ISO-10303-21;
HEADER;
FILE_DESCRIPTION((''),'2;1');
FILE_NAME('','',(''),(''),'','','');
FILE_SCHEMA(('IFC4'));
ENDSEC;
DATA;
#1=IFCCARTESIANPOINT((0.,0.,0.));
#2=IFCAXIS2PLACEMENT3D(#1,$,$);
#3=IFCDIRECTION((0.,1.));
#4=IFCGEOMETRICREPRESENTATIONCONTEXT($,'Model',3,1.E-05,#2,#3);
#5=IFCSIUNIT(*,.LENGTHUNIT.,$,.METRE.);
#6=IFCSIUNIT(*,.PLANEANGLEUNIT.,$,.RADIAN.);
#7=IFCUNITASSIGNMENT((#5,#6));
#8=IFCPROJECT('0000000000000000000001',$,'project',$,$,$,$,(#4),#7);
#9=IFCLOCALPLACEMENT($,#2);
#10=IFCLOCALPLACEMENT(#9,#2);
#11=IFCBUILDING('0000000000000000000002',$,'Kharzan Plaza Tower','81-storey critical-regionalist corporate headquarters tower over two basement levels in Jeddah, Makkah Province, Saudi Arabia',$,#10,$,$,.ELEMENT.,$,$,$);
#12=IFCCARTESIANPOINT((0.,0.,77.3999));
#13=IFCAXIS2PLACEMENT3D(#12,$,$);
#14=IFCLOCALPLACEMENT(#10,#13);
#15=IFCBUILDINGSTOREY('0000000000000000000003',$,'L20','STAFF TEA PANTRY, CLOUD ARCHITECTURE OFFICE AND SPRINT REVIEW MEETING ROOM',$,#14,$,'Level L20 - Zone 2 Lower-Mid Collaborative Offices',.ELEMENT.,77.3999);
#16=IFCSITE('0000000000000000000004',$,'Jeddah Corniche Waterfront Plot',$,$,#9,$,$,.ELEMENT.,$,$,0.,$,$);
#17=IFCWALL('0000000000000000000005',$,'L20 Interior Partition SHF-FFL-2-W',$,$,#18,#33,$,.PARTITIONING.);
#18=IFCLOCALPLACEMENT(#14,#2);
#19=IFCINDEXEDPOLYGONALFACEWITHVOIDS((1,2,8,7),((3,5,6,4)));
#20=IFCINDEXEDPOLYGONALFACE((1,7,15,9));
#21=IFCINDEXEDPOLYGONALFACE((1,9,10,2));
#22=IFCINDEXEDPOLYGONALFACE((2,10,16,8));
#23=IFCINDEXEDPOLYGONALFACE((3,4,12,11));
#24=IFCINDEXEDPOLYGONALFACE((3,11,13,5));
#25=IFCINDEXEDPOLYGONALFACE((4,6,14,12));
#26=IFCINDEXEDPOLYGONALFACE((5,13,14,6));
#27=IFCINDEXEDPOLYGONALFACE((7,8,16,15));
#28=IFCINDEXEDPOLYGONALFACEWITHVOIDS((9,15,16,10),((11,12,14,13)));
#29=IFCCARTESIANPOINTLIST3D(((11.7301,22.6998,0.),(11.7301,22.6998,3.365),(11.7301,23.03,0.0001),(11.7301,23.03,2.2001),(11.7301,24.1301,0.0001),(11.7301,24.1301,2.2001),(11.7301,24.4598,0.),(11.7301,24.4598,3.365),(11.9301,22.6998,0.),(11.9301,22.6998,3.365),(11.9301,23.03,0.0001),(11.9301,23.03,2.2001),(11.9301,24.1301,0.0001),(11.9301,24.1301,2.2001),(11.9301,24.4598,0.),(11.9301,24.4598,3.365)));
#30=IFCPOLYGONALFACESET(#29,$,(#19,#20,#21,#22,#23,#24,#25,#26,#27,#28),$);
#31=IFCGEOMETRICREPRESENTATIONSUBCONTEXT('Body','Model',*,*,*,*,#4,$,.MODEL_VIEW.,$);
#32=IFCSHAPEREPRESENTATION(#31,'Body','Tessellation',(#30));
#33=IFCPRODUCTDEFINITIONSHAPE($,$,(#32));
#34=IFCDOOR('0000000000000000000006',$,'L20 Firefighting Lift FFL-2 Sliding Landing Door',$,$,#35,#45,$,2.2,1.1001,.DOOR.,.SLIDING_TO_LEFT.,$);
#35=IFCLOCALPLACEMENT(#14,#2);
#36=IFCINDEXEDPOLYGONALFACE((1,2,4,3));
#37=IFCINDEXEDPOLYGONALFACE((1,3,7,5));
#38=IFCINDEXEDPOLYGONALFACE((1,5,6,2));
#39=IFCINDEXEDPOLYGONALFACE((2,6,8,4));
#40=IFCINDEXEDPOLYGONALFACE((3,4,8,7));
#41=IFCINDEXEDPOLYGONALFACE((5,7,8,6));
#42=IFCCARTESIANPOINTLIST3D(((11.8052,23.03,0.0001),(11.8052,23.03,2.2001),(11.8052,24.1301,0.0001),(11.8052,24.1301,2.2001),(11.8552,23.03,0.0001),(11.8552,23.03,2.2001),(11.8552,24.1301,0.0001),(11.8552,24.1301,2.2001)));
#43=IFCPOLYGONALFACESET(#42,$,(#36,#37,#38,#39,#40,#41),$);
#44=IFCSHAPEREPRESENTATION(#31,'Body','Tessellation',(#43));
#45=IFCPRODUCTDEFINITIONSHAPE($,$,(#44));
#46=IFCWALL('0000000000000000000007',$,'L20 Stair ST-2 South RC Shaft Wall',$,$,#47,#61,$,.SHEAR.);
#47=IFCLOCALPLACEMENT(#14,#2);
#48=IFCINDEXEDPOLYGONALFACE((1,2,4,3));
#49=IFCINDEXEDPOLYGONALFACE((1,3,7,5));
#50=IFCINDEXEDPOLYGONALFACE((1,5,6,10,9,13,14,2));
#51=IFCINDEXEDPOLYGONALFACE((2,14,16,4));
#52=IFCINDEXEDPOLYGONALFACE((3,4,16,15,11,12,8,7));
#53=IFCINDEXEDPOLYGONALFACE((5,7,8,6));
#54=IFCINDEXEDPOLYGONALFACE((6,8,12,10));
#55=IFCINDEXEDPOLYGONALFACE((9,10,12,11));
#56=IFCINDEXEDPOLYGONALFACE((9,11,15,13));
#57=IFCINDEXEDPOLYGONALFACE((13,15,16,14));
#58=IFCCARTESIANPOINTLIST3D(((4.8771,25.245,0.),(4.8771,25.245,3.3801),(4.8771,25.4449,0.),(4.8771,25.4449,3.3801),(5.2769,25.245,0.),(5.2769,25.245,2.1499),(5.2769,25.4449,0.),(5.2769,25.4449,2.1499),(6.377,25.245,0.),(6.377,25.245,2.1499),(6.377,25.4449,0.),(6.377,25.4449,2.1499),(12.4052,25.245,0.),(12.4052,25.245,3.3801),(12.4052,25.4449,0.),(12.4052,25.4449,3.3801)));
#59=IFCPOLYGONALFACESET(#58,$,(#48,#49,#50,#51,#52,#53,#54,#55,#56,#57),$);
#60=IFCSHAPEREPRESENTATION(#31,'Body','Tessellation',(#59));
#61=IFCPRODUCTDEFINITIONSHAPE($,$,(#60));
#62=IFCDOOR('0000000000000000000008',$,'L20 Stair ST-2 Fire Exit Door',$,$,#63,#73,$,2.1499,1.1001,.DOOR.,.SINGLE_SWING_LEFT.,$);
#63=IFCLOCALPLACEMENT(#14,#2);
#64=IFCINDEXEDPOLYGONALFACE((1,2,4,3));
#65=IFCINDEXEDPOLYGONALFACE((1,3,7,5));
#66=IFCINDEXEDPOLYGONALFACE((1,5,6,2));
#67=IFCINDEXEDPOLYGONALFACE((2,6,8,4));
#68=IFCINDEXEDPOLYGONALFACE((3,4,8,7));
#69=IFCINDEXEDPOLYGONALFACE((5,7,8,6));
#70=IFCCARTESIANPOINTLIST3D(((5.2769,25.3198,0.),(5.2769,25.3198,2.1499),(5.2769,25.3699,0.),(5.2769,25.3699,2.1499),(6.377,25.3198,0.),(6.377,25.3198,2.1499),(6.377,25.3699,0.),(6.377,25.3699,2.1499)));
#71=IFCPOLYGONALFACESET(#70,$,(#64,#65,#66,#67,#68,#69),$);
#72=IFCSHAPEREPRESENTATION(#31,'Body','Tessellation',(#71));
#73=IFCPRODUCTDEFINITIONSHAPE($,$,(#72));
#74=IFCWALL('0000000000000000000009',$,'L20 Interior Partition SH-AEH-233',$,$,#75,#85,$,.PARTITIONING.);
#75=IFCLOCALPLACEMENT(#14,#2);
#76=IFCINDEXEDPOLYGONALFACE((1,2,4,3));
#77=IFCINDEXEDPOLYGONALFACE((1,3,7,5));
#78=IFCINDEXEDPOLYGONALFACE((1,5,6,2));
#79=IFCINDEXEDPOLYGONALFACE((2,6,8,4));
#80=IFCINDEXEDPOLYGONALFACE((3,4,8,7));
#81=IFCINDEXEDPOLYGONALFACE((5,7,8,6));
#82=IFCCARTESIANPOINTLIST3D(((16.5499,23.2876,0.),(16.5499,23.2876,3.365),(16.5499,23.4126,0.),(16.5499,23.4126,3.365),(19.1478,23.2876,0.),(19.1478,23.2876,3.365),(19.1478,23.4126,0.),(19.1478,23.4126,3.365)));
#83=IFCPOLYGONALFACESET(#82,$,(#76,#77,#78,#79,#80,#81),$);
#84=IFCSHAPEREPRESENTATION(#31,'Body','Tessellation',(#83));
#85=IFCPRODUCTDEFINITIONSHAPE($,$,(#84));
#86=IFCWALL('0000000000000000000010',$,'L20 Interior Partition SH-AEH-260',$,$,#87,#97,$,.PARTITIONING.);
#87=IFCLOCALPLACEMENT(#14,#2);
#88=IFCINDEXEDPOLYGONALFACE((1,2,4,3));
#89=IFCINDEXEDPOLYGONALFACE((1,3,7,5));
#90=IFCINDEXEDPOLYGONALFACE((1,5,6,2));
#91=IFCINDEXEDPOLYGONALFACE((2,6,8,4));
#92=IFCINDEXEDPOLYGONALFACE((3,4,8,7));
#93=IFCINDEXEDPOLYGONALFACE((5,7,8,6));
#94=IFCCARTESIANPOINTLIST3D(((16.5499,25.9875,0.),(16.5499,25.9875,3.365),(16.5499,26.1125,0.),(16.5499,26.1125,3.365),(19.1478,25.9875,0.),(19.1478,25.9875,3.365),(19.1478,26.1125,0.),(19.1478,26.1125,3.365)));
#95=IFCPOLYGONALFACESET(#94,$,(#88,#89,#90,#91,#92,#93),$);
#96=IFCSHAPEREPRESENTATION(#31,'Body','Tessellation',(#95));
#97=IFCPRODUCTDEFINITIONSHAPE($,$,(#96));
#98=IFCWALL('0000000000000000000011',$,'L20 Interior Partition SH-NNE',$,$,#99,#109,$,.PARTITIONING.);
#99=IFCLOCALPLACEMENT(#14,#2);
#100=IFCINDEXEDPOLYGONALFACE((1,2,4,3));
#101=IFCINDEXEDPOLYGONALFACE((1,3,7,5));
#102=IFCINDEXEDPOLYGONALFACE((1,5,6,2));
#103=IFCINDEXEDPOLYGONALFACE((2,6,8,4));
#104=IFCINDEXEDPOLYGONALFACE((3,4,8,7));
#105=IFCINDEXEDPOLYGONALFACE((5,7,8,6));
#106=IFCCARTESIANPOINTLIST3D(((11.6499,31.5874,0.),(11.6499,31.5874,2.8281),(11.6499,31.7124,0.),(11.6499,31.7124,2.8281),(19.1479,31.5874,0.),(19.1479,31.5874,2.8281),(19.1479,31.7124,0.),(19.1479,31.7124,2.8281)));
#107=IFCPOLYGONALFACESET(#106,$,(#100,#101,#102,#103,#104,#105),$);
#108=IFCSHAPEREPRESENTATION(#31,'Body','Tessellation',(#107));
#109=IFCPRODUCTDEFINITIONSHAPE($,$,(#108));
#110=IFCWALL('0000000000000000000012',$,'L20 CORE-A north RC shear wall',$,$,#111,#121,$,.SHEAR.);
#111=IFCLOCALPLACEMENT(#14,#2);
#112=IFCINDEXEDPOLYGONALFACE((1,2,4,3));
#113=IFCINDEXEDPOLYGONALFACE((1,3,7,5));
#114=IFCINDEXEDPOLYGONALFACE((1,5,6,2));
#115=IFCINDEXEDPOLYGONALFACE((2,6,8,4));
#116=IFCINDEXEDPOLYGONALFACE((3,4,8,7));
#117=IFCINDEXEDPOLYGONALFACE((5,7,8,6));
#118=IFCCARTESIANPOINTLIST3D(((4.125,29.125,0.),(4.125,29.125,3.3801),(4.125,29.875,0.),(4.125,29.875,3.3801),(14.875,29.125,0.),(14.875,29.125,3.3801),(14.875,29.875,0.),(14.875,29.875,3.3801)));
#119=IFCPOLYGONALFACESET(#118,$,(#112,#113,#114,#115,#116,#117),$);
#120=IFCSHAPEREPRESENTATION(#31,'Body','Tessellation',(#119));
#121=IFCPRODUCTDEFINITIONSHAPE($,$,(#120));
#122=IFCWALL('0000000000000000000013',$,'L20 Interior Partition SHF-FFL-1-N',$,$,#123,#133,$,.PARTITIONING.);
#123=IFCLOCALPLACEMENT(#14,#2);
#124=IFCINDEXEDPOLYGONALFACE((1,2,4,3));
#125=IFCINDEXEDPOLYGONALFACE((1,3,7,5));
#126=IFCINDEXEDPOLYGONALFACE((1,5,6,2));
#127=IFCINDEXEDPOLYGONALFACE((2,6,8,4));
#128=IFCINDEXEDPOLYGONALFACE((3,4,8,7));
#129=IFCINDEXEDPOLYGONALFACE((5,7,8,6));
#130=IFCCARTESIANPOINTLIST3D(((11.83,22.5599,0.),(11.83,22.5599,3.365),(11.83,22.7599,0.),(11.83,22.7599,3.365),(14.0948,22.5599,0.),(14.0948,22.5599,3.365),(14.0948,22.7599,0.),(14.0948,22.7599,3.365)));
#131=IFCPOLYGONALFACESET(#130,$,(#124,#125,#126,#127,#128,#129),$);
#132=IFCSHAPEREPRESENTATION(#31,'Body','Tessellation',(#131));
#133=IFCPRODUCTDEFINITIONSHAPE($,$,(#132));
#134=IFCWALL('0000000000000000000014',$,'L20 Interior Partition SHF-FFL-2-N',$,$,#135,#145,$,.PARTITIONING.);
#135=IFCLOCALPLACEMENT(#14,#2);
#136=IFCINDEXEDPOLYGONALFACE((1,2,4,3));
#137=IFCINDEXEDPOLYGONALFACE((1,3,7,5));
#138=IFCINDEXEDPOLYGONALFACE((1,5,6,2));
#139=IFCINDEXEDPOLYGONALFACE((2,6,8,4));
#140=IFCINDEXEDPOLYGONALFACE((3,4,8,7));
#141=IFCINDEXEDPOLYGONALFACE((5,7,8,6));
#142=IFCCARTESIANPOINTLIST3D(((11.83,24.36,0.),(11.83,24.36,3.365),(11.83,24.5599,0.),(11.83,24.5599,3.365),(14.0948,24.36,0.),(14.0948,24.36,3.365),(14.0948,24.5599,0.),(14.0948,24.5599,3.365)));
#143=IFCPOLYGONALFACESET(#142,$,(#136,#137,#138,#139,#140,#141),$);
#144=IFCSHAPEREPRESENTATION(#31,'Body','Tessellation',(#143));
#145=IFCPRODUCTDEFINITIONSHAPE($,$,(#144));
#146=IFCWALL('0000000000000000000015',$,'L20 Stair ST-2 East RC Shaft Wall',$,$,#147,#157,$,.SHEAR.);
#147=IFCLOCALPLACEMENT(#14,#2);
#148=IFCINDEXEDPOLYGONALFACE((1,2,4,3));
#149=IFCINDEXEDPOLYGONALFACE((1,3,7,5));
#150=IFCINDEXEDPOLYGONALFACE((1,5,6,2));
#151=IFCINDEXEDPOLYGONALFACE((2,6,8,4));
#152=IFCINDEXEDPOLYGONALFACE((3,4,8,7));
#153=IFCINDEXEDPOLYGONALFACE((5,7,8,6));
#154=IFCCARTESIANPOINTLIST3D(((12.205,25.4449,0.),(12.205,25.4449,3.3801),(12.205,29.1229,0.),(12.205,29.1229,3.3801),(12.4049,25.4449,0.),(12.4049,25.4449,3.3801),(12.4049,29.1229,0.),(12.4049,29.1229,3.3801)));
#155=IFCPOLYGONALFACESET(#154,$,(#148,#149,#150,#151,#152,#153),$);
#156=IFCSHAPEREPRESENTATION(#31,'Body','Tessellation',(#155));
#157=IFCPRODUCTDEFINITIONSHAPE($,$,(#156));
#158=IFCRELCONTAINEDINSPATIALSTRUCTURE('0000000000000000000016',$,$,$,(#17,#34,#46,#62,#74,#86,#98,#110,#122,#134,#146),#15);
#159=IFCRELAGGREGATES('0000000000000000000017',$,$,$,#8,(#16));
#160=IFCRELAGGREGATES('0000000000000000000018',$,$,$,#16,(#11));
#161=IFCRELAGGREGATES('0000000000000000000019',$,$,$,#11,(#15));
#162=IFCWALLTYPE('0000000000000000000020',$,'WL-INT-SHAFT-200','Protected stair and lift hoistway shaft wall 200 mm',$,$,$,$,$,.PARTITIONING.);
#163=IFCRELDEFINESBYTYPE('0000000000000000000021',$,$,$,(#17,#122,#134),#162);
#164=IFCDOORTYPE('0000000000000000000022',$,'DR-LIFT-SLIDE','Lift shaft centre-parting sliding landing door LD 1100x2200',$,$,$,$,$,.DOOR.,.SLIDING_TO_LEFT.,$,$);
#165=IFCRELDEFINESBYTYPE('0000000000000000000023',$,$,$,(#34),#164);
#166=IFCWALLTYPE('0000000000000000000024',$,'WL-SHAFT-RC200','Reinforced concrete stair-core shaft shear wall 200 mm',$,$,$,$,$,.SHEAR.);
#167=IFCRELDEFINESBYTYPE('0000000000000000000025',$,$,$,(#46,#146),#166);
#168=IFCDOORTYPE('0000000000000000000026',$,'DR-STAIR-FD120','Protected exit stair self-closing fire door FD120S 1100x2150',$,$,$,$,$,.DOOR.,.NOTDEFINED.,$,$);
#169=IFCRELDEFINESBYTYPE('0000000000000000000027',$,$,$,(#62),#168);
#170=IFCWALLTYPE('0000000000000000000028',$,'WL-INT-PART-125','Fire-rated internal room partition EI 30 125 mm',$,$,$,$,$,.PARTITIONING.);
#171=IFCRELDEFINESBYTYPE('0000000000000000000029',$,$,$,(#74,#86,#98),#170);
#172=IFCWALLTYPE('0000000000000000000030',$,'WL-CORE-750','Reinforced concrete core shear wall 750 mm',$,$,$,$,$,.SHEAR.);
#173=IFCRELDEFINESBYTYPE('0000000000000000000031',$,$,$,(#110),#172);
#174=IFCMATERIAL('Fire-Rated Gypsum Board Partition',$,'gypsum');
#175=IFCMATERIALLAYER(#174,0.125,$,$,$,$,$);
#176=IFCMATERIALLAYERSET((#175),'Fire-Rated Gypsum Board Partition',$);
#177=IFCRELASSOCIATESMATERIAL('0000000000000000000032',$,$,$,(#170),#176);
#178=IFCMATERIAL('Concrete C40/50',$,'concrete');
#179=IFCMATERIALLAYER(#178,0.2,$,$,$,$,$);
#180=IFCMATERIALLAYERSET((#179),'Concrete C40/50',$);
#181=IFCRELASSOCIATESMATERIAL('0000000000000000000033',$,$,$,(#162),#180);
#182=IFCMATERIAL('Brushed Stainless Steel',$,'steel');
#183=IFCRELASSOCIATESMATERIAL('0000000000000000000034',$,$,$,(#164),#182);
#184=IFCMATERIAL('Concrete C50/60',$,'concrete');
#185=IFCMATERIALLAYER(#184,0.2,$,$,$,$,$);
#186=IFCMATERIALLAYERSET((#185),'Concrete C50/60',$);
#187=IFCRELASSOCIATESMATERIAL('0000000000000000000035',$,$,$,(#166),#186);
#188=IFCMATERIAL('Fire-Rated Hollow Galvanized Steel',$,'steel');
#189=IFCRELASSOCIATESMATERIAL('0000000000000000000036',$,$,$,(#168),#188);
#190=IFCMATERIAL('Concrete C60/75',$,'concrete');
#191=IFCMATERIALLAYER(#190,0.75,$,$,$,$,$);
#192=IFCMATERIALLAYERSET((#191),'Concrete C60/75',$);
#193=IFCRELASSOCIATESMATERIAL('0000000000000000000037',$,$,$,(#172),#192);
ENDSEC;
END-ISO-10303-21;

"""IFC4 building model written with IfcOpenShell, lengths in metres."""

from ifc_helpers import new_model, si_unit, direction, frame, frame_2d, origin, place, context, subcontext, project, spatial, rectangle, extrude, source, transform, mapped, material, layer, layer_set, type_object, element, fill, save


model = new_model("IFC4")

# Units and contexts
model_context = context("Model", 3, precision=1e-05, world=origin(), true_north=direction((0.0, 1.0)))
body_context = subcontext(model_context, "Body", "Model", "MODEL_VIEW")
ifc_project = project(units=[si_unit("LENGTHUNIT", "METRE"), si_unit("PLANEANGLEUNIT", "RADIAN")], contexts=[model_context])

# Site, building, storey
site_placement = place(None, origin())
site = spatial("IfcSite", under=ifc_project, at=site_placement, Name="Jeddah Corniche Waterfront Plot", CompositionType="ELEMENT", RefElevation=0.0)
building_placement = place(site_placement, origin())
building = spatial("IfcBuilding", under=site, at=building_placement, Name="Kharzan Plaza Tower", Description="81-storey critical-regionalist corporate headquarters tower over two basement levels in Jeddah, Makkah Province, Saudi Arabia", CompositionType="ELEMENT")
storey_placement = place(building_placement, frame((0.0, 0.0, 77.3999)))
storey = spatial("IfcBuildingStorey", under=building, at=storey_placement, Name="L20", Description="STAFF TEA PANTRY, CLOUD ARCHITECTURE OFFICE AND SPRINT REVIEW MEETING ROOM", LongName="Level L20 - Zone 2 Lower-Mid Collaborative Offices", CompositionType="ELEMENT", Elevation=77.3999)

# Walls, openings, doors
ifc_material_1 = material(Name="Fire-Rated Gypsum Board Partition", Category="gypsum")
ifc_layer_1 = layer(ifc_material_1, 0.125)
ifc_layer_set_1 = layer_set([ifc_layer_1], Name="Fire-Rated Gypsum Board Partition")
wall_type_1 = type_object("IfcWallType", Name="WL-INT-PART-125", Description="Fire-rated internal room partition EI 30 125 mm", PredefinedType="PARTITIONING", material=ifc_layer_set_1)
ifc_material_2 = material(Name="Concrete C40/50", Category="concrete")
ifc_layer_2 = layer(ifc_material_2, 0.2)
ifc_layer_set_2 = layer_set([ifc_layer_2], Name="Concrete C40/50")
wall_type_2 = type_object("IfcWallType", Name="WL-INT-SHAFT-200", Description="Protected stair and lift hoistway shaft wall 200 mm", PredefinedType="PARTITIONING", material=ifc_layer_set_2)
wall_1_placement = place(storey_placement, frame((11.8301, 22.7, 0.0), z_axis=(0.0, 0.0, 1.0), x_axis=(0.0, 1.0, 0.0)))
wall_1 = element("IfcWall", 1, at=wall_1_placement, inside=storey, type_object=wall_type_2, Name="L20 Interior Partition SHF-FFL-2-W", PredefinedType="PARTITIONING", context=body_context, shape_type="SweptSolid", body=[
    extrude(rectangle(XDim=1.76, YDim=0.2, at=frame_2d((0.8799, 0.0))), origin(), (0.0, 0.0, 1.0), 3.365),
])
opening_1_placement = place(wall_1_placement, frame((0.3301, 0.0, 0.0)))
opening_1 = element("IfcOpeningElement", 2, at=opening_1_placement, cuts=wall_1, PredefinedType="OPENING", context=body_context, shape_type="SweptSolid", body=[
    extrude(rectangle(XDim=1.1001, YDim=2.2, at=frame_2d((0.55, 1.1001))), frame((0.0, 0.1099, 0.0), z_axis=(0.0, -1.0, 0.0), x_axis=(1.0, 0.0, 0.0)), (0.0, 0.0, 1.0), 0.22),
])
ifc_material_3 = material(Name="Brushed Stainless Steel", Category="steel")
door_type_1 = type_object("IfcDoorType", Name="DR-LIFT-SLIDE", Description="Lift shaft centre-parting sliding landing door LD 1100x2200", OperationType="SLIDING_TO_LEFT", PredefinedType="DOOR", material=ifc_material_3)
shared_shape_1 = source(origin(), body_context, "Body", "SweptSolid", [
    extrude(rectangle(XDim=1.1001, YDim=2.2, at=frame_2d((0.55, 1.1001))), frame((0.0, 0.0249, 0.0), z_axis=(0.0, -1.0, 0.0), x_axis=(1.0, 0.0, 0.0)), (0.0, 0.0, 1.0), 0.05),
])
door_1_placement = place(opening_1_placement, origin())
door_1 = element("IfcDoor", 3, at=door_1_placement, inside=storey, type_object=door_type_1, Name="L20 Firefighting Lift FFL-2 Sliding Landing Door", OperationType="SLIDING_TO_LEFT", OverallHeight=2.2, OverallWidth=1.1001, PredefinedType="DOOR", context=body_context, shape_type="MappedRepresentation", body=[
    mapped(shared_shape_1, transform((0.0, 0.0, 0.0), x_axis=(1.0, 0.0, 0.0), y_axis=(0.0, 1.0, 0.0), z_axis=(0.0, 0.0, 1.0))),
])
fill(opening_1, door_1)
ifc_material_4 = material(Name="Concrete C50/60", Category="concrete")
ifc_layer_3 = layer(ifc_material_4, 0.2)
ifc_layer_set_3 = layer_set([ifc_layer_3], Name="Concrete C50/60")
wall_type_3 = type_object("IfcWallType", Name="WL-SHAFT-RC200", Description="Reinforced concrete stair-core shaft shear wall 200 mm", PredefinedType="SHEAR", material=ifc_layer_set_3)
wall_2_placement = place(storey_placement, frame((4.877, 25.345, 0.0), z_axis=(0.0, 0.0, 1.0), x_axis=(1.0, 0.0, 0.0)))
wall_2 = element("IfcWall", 4, at=wall_2_placement, inside=storey, type_object=wall_type_3, Name="L20 Stair ST-2 South RC Shaft Wall", PredefinedType="SHEAR", context=body_context, shape_type="SweptSolid", body=[
    extrude(rectangle(XDim=7.5281, YDim=0.2, at=frame_2d((3.7642, 0.0))), origin(), (0.0, 0.0, 1.0), 3.3801),
])
opening_2_placement = place(wall_2_placement, frame((0.3999, 0.0, 0.0)))
opening_2 = element("IfcOpeningElement", 5, at=opening_2_placement, cuts=wall_2, PredefinedType="OPENING", context=body_context, shape_type="SweptSolid", body=[
    extrude(rectangle(XDim=1.1001, YDim=2.1499, at=frame_2d((0.55, 1.075))), frame((0.0, 0.1099, 0.0), z_axis=(0.0, -1.0, 0.0), x_axis=(1.0, 0.0, 0.0)), (0.0, 0.0, 1.0), 0.22),
])
ifc_material_5 = material(Name="Fire-Rated Hollow Galvanized Steel", Category="steel")
door_type_2 = type_object("IfcDoorType", Name="DR-STAIR-FD120", Description="Protected exit stair self-closing fire door FD120S 1100x2150", OperationType="NOTDEFINED", PredefinedType="DOOR", material=ifc_material_5)
shared_shape_2 = source(origin(), body_context, "Body", "SweptSolid", [
    extrude(rectangle(XDim=1.1001, YDim=2.1499, at=frame_2d((0.55, 1.075))), frame((0.0, 0.0249, 0.0), z_axis=(0.0, -1.0, 0.0), x_axis=(1.0, 0.0, 0.0)), (0.0, 0.0, 1.0), 0.05),
])
door_2_placement = place(opening_2_placement, origin())
door_2 = element("IfcDoor", 6, at=door_2_placement, inside=storey, type_object=door_type_2, Name="L20 Stair ST-2 Fire Exit Door", OperationType="SINGLE_SWING_LEFT", OverallHeight=2.1499, OverallWidth=1.1001, PredefinedType="DOOR", context=body_context, shape_type="MappedRepresentation", body=[
    mapped(shared_shape_2, transform((0.0, 0.0, 0.0), x_axis=(1.0, 0.0, 0.0), y_axis=(0.0, 1.0, 0.0), z_axis=(0.0, 0.0, 1.0))),
])
fill(opening_2, door_2)

# Walls
shared_shape_3 = source(origin(), body_context, "Body", "SweptSolid", [
    extrude(rectangle(XDim=2.5979, YDim=0.125, at=frame_2d((1.2988, 0.0))), origin(), (0.0, 0.0, 1.0), 3.365),
])
for number, where, z_axis, x_axis, name in (
    (7, (16.55, 23.3501, 0.0), (0.0, 0.0, 1.0), (1.0, 0.0, 0.0), "L20 Interior Partition SH-AEH-233"),
    (8, (16.55, 26.05, 0.0), (0.0, 0.0, 1.0), (1.0, 0.0, 0.0), "L20 Interior Partition SH-AEH-260"),
):
    element("IfcWall", number, at=place(storey_placement, frame(where, z_axis=z_axis, x_axis=x_axis)), inside=storey, type_object=wall_type_1, Name=name, PredefinedType="PARTITIONING", context=body_context, shape_type="MappedRepresentation", body=[
        mapped(shared_shape_3, transform((0.0, 0.0, 0.0), x_axis=(1.0, 0.0, 0.0), y_axis=(0.0, 1.0, 0.0), z_axis=(0.0, 0.0, 1.0))),
    ])
shared_shape_4 = source(origin(), body_context, "Body", "SweptSolid", [
    extrude(rectangle(XDim=7.498, YDim=0.125, at=frame_2d((3.749, 0.0))), origin(), (0.0, 0.0, 1.0), 2.8281),
])
wall_3_placement = place(storey_placement, frame((11.6499, 31.6499, 0.0), z_axis=(0.0, 0.0, 1.0), x_axis=(1.0, 0.0, 0.0)))
element("IfcWall", 9, at=wall_3_placement, inside=storey, type_object=wall_type_1, Name="L20 Interior Partition SH-NNE", PredefinedType="PARTITIONING", context=body_context, shape_type="MappedRepresentation", body=[
    mapped(shared_shape_4, transform((0.0, 0.0, 0.0), x_axis=(1.0, 0.0, 0.0), y_axis=(0.0, 1.0, 0.0), z_axis=(0.0, 0.0, 1.0))),
])
ifc_material_6 = material(Name="Concrete C60/75", Category="concrete")
ifc_layer_4 = layer(ifc_material_6, 0.75)
ifc_layer_set_4 = layer_set([ifc_layer_4], Name="Concrete C60/75")
wall_type_4 = type_object("IfcWallType", Name="WL-CORE-750", Description="Reinforced concrete core shear wall 750 mm", PredefinedType="SHEAR", material=ifc_layer_set_4)
shared_shape_5 = source(origin(), body_context, "Body", "SweptSolid", [
    extrude(rectangle(XDim=10.75, YDim=0.75, at=frame_2d((5.375, 0.0))), origin(), (0.0, 0.0, 1.0), 3.3801),
])
wall_4_placement = place(storey_placement, frame((4.125, 29.5, 0.0), z_axis=(0.0, 0.0, 1.0), x_axis=(1.0, 0.0, 0.0)))
element("IfcWall", 10, at=wall_4_placement, inside=storey, type_object=wall_type_4, Name="L20 CORE-A north RC shear wall", PredefinedType="SHEAR", context=body_context, shape_type="MappedRepresentation", body=[
    mapped(shared_shape_5, transform((0.0, 0.0, 0.0), x_axis=(1.0, 0.0, 0.0), y_axis=(0.0, 1.0, 0.0), z_axis=(0.0, 0.0, 1.0))),
])
shared_shape_6 = source(origin(), body_context, "Body", "SweptSolid", [
    extrude(rectangle(XDim=2.2649, YDim=0.2, at=frame_2d((1.1323, 0.0))), origin(), (0.0, 0.0, 1.0), 3.365),
])
for number, where, z_axis, x_axis, name in (
    (11, (11.8301, 22.6599, 0.0), (0.0, 0.0, 1.0), (1.0, 0.0, 0.0), "L20 Interior Partition SHF-FFL-1-N"),
    (12, (11.8301, 24.46, 0.0), (0.0, 0.0, 1.0), (1.0, 0.0, 0.0), "L20 Interior Partition SHF-FFL-2-N"),
):
    element("IfcWall", number, at=place(storey_placement, frame(where, z_axis=z_axis, x_axis=x_axis)), inside=storey, type_object=wall_type_2, Name=name, PredefinedType="PARTITIONING", context=body_context, shape_type="MappedRepresentation", body=[
        mapped(shared_shape_6, transform((0.0, 0.0, 0.0), x_axis=(1.0, 0.0, 0.0), y_axis=(0.0, 1.0, 0.0), z_axis=(0.0, 0.0, 1.0))),
    ])
shared_shape_7 = source(origin(), body_context, "Body", "SweptSolid", [
    extrude(rectangle(XDim=3.678, YDim=0.2, at=frame_2d((1.8389, 0.0))), origin(), (0.0, 0.0, 1.0), 3.3801),
])
wall_5_placement = place(storey_placement, frame((12.3049, 25.4451, 0.0), z_axis=(0.0, 0.0, 1.0), x_axis=(0.0, 1.0, 0.0)))
element("IfcWall", 13, at=wall_5_placement, inside=storey, type_object=wall_type_3, Name="L20 Stair ST-2 East RC Shaft Wall", PredefinedType="SHEAR", context=body_context, shape_type="MappedRepresentation", body=[
    mapped(shared_shape_7, transform((0.0, 0.0, 0.0), x_axis=(1.0, 0.0, 0.0), y_axis=(0.0, 1.0, 0.0), z_axis=(0.0, 0.0, 1.0))),
])

save(model, "model.ifc")
